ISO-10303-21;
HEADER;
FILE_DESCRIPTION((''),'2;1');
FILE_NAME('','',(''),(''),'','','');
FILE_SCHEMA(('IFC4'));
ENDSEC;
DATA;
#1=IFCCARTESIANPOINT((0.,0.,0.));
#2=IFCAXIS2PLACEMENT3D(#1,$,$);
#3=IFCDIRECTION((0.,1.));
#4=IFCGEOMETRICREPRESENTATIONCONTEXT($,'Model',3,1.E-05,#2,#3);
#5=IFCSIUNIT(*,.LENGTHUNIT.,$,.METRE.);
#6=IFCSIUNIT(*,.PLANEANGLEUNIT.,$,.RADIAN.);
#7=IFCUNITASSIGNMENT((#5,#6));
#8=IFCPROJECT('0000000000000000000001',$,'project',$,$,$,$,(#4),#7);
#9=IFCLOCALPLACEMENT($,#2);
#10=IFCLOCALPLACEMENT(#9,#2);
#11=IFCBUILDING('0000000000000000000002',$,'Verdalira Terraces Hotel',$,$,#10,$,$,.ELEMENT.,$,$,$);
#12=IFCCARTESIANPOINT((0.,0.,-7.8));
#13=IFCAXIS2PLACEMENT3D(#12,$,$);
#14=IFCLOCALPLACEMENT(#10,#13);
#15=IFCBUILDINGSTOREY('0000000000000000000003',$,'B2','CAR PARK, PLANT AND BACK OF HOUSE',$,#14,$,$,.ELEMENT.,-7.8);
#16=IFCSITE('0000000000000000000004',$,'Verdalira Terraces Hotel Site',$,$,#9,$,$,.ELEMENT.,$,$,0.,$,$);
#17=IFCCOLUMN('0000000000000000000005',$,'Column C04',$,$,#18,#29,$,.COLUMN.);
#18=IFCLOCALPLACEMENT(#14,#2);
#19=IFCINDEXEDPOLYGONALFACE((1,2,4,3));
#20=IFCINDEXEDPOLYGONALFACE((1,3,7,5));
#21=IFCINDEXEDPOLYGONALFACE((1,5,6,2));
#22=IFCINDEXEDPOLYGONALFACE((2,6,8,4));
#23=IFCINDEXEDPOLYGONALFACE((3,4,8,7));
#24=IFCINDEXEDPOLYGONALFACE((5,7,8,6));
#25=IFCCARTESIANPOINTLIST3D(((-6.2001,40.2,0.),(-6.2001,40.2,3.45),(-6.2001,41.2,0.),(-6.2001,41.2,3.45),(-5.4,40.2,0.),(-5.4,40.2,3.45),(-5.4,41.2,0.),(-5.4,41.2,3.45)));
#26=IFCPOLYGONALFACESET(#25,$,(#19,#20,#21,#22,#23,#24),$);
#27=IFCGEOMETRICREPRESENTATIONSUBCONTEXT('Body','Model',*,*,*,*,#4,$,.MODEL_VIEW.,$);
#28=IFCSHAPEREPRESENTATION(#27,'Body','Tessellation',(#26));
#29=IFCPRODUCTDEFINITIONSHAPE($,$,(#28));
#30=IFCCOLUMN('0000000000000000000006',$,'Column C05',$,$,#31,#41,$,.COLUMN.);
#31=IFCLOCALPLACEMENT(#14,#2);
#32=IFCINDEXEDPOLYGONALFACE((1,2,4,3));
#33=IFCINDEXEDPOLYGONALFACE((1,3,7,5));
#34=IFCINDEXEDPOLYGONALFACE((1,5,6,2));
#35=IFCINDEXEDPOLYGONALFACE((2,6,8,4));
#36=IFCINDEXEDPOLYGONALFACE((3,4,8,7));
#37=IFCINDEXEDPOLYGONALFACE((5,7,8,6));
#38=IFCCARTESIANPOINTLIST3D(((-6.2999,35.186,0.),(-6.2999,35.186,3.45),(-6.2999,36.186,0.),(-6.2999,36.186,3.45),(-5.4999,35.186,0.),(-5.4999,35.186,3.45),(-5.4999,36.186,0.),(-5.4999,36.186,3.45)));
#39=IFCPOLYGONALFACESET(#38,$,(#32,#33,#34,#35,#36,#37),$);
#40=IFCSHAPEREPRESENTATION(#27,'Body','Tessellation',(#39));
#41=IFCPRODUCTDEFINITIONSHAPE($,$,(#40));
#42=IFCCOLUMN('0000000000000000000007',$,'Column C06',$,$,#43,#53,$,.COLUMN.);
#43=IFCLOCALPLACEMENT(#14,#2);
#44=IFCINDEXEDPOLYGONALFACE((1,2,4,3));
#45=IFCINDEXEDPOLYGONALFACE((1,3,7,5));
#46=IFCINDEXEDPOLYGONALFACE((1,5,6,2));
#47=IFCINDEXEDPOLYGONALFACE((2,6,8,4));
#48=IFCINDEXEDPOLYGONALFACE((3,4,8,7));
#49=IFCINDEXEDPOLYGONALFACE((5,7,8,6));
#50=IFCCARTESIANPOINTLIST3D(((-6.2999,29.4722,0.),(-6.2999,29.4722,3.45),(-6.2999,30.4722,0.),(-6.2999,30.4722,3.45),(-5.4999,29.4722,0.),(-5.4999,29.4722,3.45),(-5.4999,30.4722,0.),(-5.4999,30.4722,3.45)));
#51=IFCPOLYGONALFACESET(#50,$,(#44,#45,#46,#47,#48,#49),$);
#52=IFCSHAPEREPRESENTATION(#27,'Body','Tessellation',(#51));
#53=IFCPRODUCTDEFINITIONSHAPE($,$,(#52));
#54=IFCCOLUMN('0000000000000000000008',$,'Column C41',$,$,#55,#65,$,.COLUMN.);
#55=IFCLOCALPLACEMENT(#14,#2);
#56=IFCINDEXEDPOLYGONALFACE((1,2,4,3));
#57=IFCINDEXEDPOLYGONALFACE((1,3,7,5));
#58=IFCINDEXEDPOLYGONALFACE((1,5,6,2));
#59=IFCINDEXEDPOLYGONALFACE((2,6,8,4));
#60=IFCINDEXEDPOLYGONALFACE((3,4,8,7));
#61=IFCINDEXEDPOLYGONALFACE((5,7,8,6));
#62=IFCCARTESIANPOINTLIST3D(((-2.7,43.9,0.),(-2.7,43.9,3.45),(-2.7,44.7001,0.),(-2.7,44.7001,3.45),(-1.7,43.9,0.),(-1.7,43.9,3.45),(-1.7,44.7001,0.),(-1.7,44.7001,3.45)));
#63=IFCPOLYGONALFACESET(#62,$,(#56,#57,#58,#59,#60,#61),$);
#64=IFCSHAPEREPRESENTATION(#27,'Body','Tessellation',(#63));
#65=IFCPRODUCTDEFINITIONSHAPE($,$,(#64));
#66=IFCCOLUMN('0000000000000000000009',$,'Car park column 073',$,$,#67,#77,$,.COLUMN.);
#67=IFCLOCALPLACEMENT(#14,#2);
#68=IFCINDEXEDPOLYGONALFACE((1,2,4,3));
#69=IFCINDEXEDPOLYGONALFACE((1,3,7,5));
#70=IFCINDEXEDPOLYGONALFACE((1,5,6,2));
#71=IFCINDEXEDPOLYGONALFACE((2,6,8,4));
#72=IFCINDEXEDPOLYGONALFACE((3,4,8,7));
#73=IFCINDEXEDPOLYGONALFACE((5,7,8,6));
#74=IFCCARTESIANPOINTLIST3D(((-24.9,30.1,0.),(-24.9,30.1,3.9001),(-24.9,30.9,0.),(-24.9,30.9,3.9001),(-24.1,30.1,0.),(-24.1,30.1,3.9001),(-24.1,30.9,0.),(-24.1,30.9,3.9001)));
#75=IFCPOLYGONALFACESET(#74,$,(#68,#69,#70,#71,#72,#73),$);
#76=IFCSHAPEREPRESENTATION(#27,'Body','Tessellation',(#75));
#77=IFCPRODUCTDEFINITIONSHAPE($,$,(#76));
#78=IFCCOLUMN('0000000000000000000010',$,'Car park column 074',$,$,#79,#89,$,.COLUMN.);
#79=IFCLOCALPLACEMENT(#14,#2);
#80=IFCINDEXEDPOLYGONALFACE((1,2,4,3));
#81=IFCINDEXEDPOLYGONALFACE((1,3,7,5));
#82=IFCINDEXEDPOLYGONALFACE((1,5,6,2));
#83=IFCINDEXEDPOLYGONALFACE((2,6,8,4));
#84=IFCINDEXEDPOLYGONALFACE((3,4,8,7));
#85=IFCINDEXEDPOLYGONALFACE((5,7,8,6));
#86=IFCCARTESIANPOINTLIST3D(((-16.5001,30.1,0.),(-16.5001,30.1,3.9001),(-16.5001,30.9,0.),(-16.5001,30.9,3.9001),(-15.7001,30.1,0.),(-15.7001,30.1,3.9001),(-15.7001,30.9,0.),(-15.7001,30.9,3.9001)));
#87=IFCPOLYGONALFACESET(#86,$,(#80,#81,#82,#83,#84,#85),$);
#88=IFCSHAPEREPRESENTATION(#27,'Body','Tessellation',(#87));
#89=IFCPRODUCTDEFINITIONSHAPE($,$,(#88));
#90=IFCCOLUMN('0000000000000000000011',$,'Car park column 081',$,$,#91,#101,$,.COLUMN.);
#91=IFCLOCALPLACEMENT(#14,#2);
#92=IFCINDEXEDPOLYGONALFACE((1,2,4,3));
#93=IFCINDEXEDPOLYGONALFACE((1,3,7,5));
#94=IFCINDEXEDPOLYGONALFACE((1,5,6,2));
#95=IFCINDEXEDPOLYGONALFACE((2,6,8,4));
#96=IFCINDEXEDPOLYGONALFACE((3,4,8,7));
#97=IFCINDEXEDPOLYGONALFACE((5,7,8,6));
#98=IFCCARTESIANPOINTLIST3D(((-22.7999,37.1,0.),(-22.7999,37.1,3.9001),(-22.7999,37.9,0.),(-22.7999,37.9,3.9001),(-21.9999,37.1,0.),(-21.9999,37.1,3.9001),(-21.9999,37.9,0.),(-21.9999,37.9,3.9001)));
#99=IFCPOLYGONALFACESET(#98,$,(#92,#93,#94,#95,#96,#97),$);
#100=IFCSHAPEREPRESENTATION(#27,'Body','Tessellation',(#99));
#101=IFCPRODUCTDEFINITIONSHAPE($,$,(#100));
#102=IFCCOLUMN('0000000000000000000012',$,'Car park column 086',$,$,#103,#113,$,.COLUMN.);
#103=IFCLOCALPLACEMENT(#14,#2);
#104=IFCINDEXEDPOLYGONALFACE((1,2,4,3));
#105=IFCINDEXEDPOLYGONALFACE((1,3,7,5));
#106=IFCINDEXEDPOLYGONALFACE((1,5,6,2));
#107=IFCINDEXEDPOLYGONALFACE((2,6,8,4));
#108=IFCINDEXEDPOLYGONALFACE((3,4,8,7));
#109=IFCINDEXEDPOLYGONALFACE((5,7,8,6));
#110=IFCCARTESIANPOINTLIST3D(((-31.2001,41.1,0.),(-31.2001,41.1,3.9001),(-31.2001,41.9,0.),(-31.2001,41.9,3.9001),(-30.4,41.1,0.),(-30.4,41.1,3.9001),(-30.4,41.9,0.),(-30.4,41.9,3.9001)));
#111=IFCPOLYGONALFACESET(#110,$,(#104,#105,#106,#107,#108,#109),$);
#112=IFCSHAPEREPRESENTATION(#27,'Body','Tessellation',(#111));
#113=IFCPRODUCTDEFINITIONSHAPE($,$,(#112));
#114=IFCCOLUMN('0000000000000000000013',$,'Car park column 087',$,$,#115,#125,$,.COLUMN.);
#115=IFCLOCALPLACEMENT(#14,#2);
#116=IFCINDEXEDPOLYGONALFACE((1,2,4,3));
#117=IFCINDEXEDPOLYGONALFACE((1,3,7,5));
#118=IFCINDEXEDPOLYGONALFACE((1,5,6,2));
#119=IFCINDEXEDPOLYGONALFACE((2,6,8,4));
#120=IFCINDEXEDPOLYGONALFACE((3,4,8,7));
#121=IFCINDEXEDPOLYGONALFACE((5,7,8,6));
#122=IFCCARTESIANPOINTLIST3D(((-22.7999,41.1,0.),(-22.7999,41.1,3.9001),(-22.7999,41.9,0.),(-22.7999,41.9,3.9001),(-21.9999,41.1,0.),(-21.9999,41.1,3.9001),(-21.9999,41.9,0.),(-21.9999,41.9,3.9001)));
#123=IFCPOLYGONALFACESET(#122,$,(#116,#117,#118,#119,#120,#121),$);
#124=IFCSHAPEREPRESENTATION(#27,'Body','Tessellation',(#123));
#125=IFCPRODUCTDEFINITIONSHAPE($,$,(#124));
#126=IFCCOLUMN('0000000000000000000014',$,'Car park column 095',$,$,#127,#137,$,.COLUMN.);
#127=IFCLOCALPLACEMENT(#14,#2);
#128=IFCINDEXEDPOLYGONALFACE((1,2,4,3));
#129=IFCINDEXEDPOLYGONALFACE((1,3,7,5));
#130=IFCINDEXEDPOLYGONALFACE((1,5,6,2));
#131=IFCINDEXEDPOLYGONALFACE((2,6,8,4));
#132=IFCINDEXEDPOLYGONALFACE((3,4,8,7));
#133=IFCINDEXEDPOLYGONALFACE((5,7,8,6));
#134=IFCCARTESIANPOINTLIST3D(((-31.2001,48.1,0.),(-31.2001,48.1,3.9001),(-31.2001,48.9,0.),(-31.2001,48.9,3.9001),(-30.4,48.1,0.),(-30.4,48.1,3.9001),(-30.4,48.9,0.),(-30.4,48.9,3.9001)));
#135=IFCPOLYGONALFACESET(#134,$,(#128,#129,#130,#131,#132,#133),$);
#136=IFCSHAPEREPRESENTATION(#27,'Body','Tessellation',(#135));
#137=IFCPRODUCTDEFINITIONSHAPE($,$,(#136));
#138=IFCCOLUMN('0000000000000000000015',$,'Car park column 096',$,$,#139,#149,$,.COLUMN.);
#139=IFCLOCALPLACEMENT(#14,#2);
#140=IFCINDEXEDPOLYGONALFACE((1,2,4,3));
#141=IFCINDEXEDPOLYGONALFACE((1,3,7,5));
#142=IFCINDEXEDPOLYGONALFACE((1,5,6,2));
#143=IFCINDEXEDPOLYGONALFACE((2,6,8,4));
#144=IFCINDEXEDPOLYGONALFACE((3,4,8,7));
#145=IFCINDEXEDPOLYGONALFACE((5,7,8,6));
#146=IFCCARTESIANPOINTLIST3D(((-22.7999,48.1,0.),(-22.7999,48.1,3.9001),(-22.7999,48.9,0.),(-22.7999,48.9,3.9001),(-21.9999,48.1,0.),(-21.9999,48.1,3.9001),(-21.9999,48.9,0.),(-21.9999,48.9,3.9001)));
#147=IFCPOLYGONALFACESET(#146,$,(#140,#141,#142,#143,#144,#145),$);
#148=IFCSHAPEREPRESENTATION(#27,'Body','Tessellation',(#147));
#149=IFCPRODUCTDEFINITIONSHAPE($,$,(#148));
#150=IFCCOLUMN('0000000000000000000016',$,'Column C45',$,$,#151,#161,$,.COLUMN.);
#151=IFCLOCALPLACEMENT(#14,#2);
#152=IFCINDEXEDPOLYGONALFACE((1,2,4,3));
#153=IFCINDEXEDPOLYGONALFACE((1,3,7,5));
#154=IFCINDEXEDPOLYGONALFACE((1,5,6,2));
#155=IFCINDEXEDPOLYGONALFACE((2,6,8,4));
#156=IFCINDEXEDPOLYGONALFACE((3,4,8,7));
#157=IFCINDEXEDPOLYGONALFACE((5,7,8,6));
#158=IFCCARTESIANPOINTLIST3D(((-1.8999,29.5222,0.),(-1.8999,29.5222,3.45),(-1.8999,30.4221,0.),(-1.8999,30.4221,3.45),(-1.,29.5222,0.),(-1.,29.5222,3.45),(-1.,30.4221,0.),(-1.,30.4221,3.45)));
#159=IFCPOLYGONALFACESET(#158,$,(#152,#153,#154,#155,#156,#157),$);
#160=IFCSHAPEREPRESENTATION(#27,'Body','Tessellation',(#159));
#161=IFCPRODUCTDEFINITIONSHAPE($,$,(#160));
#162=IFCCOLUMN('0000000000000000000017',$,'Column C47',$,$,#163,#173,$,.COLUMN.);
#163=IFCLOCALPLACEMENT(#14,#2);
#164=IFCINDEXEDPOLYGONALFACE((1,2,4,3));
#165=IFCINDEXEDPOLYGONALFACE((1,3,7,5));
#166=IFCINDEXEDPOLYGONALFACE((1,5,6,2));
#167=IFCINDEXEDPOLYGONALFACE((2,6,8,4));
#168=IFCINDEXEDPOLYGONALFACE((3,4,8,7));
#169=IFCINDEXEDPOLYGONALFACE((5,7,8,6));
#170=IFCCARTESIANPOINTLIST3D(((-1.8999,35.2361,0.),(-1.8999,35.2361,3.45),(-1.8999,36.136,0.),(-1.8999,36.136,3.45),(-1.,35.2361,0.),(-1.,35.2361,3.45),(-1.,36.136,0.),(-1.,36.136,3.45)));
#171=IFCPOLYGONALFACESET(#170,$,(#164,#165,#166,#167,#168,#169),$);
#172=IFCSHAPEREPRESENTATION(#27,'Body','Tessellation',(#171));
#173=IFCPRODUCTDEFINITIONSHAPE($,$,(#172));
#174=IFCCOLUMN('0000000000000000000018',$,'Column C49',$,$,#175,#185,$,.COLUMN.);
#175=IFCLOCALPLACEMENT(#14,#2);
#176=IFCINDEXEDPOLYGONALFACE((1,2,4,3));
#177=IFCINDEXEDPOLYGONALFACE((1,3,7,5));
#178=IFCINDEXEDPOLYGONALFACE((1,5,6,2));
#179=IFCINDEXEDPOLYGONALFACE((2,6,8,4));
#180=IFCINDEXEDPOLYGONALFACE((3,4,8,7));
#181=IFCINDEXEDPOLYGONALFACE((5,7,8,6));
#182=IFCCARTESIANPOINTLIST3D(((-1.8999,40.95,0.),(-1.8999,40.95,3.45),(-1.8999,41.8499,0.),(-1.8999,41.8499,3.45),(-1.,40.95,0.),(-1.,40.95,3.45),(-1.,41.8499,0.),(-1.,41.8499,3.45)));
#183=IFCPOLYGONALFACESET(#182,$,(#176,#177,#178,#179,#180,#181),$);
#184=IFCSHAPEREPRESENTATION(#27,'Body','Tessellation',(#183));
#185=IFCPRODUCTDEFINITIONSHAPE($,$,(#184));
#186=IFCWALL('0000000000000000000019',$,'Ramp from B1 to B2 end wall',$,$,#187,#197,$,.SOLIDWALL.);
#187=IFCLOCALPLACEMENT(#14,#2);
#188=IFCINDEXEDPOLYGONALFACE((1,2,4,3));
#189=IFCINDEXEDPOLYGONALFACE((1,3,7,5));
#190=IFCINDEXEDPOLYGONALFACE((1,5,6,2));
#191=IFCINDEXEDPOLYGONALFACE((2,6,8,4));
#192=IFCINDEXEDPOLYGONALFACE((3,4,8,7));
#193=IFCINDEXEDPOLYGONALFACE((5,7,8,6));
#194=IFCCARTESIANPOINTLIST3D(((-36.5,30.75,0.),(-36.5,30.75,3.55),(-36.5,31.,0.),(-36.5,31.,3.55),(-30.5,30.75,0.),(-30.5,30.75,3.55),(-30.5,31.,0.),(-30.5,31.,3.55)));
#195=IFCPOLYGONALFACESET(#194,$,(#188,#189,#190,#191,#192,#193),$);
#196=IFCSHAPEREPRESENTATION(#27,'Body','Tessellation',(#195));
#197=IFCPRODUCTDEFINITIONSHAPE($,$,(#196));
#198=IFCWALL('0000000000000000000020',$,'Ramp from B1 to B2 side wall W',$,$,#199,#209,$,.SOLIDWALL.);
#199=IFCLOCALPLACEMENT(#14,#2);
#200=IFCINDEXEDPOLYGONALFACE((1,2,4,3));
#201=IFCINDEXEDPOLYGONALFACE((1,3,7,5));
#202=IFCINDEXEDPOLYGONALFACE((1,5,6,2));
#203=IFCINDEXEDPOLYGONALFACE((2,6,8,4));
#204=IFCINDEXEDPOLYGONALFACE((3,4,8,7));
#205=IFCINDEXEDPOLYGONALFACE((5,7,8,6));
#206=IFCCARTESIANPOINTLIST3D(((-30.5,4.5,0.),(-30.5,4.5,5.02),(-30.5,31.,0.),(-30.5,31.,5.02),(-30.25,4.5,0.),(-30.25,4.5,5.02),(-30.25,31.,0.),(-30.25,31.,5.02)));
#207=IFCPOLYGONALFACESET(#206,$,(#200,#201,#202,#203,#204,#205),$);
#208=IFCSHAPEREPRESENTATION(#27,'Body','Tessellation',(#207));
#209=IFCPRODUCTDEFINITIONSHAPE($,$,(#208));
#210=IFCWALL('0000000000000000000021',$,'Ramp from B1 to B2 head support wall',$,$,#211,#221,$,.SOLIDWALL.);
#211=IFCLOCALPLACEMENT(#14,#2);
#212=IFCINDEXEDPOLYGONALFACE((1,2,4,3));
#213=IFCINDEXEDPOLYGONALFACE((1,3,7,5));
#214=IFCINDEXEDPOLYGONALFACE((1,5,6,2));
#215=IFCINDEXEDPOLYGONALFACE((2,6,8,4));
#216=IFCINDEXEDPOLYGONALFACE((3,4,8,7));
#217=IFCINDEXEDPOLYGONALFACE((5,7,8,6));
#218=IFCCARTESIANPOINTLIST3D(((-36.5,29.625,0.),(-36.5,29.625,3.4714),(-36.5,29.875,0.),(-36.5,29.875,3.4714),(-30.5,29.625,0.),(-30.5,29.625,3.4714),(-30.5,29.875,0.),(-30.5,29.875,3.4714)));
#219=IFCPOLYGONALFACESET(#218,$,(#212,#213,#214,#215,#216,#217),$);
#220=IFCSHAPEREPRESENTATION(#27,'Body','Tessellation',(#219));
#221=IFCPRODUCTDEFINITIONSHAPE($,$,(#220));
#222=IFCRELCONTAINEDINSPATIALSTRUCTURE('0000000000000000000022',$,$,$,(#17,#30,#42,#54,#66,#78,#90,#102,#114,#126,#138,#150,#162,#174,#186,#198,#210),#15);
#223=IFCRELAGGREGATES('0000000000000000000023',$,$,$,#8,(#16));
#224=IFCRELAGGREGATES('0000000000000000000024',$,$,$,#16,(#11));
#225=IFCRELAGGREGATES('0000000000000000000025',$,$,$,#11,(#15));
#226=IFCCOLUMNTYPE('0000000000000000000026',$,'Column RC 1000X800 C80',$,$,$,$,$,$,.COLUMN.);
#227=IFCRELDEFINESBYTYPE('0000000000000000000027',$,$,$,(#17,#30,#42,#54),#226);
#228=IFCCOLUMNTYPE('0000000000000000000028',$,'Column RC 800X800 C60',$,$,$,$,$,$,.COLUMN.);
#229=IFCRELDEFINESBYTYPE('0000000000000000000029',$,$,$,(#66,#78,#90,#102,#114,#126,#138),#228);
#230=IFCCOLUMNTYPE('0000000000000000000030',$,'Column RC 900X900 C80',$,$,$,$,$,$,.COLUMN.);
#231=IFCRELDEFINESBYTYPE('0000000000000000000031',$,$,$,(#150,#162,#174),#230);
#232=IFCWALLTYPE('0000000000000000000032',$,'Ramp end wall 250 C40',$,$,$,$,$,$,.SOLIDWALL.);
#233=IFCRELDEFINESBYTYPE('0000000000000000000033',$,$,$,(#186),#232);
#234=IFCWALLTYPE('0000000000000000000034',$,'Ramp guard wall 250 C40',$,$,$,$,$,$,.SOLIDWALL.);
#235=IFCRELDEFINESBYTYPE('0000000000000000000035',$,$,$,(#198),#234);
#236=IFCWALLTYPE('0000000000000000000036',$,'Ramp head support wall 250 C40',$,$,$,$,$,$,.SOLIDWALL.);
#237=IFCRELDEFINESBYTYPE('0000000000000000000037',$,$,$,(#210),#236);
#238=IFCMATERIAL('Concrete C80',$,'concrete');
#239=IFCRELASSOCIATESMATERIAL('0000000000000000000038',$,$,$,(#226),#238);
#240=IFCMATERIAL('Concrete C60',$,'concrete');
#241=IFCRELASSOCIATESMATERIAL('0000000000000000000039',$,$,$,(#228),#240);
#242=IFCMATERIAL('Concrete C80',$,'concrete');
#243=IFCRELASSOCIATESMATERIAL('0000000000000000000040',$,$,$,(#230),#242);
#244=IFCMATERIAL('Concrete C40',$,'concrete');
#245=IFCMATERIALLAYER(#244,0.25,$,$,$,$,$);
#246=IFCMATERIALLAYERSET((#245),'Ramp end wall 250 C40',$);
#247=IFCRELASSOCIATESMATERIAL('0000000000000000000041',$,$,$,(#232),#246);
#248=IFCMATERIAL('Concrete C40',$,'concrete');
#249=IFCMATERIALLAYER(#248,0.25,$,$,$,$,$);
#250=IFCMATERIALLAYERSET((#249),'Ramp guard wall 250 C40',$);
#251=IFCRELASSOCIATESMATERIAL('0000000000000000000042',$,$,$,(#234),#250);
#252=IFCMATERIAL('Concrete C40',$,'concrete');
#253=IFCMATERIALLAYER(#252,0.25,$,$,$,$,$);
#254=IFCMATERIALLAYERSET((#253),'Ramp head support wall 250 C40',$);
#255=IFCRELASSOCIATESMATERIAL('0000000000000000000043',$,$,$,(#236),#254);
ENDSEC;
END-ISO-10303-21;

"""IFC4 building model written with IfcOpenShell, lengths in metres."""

from ifc_helpers import new_model, si_unit, direction, frame, frame_2d, origin, origin_2d, place, context, subcontext, project, spatial, rectangle, extrude, material, layer, layer_set, material_profile, profile_set, type_object, element, save


model = new_model("IFC4")

# Units and contexts
model_context = context("Model", 3, precision=1e-05, world=origin(), true_north=direction((0.0, 1.0)))
body_context = subcontext(model_context, "Body", "Model", "MODEL_VIEW")
ifc_project = project(units=[si_unit("LENGTHUNIT", "METRE"), si_unit("PLANEANGLEUNIT", "RADIAN")], contexts=[model_context])

# Site, building, storey
site_placement = place(None, origin())
site = spatial("IfcSite", under=ifc_project, at=site_placement, Name="Verdalira Terraces Hotel Site", CompositionType="ELEMENT", RefElevation=0.0)
building_placement = place(site_placement, origin())
building = spatial("IfcBuilding", under=site, at=building_placement, Name="Verdalira Terraces Hotel", CompositionType="ELEMENT")
storey_placement = place(building_placement, frame((0.0, 0.0, -7.8)))
storey = spatial("IfcBuildingStorey", under=building, at=storey_placement, Name="B2", Description="CAR PARK, PLANT AND BACK OF HOUSE", CompositionType="ELEMENT", Elevation=-7.8)

# Columns
ifc_material_1 = material(Name="Concrete C80", Category="concrete")
ifc_material_profile_1 = material_profile(ifc_material_1, rectangle(XDim=1.0, YDim=0.8, at=origin_2d()), Name="RC 1000X800")
ifc_profile_set_1 = profile_set([ifc_material_profile_1], Name="Concrete C80")
column_type_1 = type_object("IfcColumnType", Name="Column RC 1000X800 C80", PredefinedType="COLUMN", material=ifc_profile_set_1)
for number, where, z_axis, x_axis, name in (
    (1, (-5.8, 40.7, 0.0), (0.0, 0.0, 1.0), (0.0, -1.0, 0.0), "Column C04"),
    (2, (-5.8999, 35.686, 0.0), (0.0, 0.0, 1.0), (0.0, -1.0, 0.0), "Column C05"),
    (3, (-5.8999, 29.9722, 0.0), (0.0, 0.0, 1.0), (0.0, -1.0, 0.0), "Column C06"),
    (4, (-2.2, 44.3, 0.0), (0.0, 0.0, 1.0), (-1.0, 0.0, 0.0), "Column C41"),
):
    element("IfcColumn", number, at=place(storey_placement, frame(where, z_axis=z_axis, x_axis=x_axis)), inside=storey, type_object=column_type_1, Name=name, PredefinedType="COLUMN", context=body_context, shape_type="SweptSolid", body=[
        extrude(rectangle(XDim=1.0, YDim=0.8, at=origin_2d()), origin(), (0.0, 0.0, 1.0), 3.45),
    ])
ifc_material_2 = material(Name="Concrete C60", Category="concrete")
ifc_material_profile_2 = material_profile(ifc_material_2, rectangle(XDim=0.8, YDim=0.8, at=origin_2d()), Name="RC 800X800")
ifc_profile_set_2 = profile_set([ifc_material_profile_2], Name="Concrete C60")
column_type_2 = type_object("IfcColumnType", Name="Column RC 800X800 C60", PredefinedType="COLUMN", material=ifc_profile_set_2)
for number, where, z_axis, x_axis, name in (
    (5, (-24.5, 30.5, 0.0), (0.0, 0.0, 1.0), (1.0, 0.0, 0.0), "Car park column 073"),
    (6, (-16.1001, 30.5, 0.0), (0.0, 0.0, 1.0), (1.0, 0.0, 0.0), "Car park column 074"),
    (7, (-22.3999, 37.5, 0.0), (0.0, 0.0, 1.0), (1.0, 0.0, 0.0), "Car park column 081"),
    (8, (-30.8, 41.5, 0.0), (0.0, 0.0, 1.0), (1.0, 0.0, 0.0), "Car park column 086"),
    (9, (-22.3999, 41.5, 0.0), (0.0, 0.0, 1.0), (1.0, 0.0, 0.0), "Car park column 087"),
    (10, (-30.8, 48.5, 0.0), (0.0, 0.0, 1.0), (1.0, 0.0, 0.0), "Car park column 095"),
    (11, (-22.3999, 48.5, 0.0), (0.0, 0.0, 1.0), (1.0, 0.0, 0.0), "Car park column 096"),
):
    element("IfcColumn", number, at=place(storey_placement, frame(where, z_axis=z_axis, x_axis=x_axis)), inside=storey, type_object=column_type_2, Name=name, PredefinedType="COLUMN", context=body_context, shape_type="SweptSolid", body=[
        extrude(rectangle(XDim=0.8, YDim=0.8, at=origin_2d()), origin(), (0.0, 0.0, 1.0), 3.9001),
    ])
ifc_material_3 = material(Name="Concrete C80", Category="concrete")
ifc_material_profile_3 = material_profile(ifc_material_3, rectangle(XDim=0.8999, YDim=0.8999, at=origin_2d()), Name="RC 900X900")
ifc_profile_set_3 = profile_set([ifc_material_profile_3], Name="Concrete C80")
column_type_3 = type_object("IfcColumnType", Name="Column RC 900X900 C80", PredefinedType="COLUMN", material=ifc_profile_set_3)
for number, where, z_axis, x_axis, name in (
    (12, (-1.45, 29.9722, 0.0), (0.0, 0.0, 1.0), (0.0, 1.0, 0.0), "Column C45"),
    (13, (-1.45, 35.686, 0.0), (0.0, 0.0, 1.0), (0.0, 1.0, 0.0), "Column C47"),
    (14, (-1.45, 41.3999, 0.0), (0.0, 0.0, 1.0), (0.0, 1.0, 0.0), "Column C49"),
):
    element("IfcColumn", number, at=place(storey_placement, frame(where, z_axis=z_axis, x_axis=x_axis)), inside=storey, type_object=column_type_3, Name=name, PredefinedType="COLUMN", context=body_context, shape_type="SweptSolid", body=[
        extrude(rectangle(XDim=0.8999, YDim=0.8999, at=origin_2d()), origin(), (0.0, 0.0, 1.0), 3.45),
    ])

# Walls
ifc_material_4 = material(Name="Concrete C40", Category="concrete")
ifc_layer_1 = layer(ifc_material_4, 0.25)
ifc_layer_set_1 = layer_set([ifc_layer_1], Name="Ramp end wall 250 C40")
wall_type_1 = type_object("IfcWallType", Name="Ramp end wall 250 C40", PredefinedType="SOLIDWALL", material=ifc_layer_set_1)
wall_1_placement = place(storey_placement, frame((-30.5, 30.875, 0.0), z_axis=(0.0, 0.0, 1.0), x_axis=(-1.0, 0.0, 0.0)))
element("IfcWall", 15, at=wall_1_placement, inside=storey, type_object=wall_type_1, Name="Ramp from B1 to B2 end wall", PredefinedType="SOLIDWALL", context=body_context, shape_type="SweptSolid", body=[
    extrude(rectangle(XDim=6.0, YDim=0.25, at=frame_2d((3.0, 0.0))), origin(), (0.0, 0.0, 1.0), 3.55),
])
ifc_material_5 = material(Name="Concrete C40", Category="concrete")
ifc_layer_2 = layer(ifc_material_5, 0.25)
ifc_layer_set_2 = layer_set([ifc_layer_2], Name="Ramp guard wall 250 C40")
wall_type_2 = type_object("IfcWallType", Name="Ramp guard wall 250 C40", PredefinedType="SOLIDWALL", material=ifc_layer_set_2)
wall_2_placement = place(storey_placement, frame((-30.375, 31.0, 0.0), z_axis=(0.0, 0.0, 1.0), x_axis=(0.0, -1.0, 0.0)))
element("IfcWall", 16, at=wall_2_placement, inside=storey, type_object=wall_type_2, Name="Ramp from B1 to B2 side wall W", PredefinedType="SOLIDWALL", context=body_context, shape_type="SweptSolid", body=[
    extrude(rectangle(XDim=26.5, YDim=0.25, at=frame_2d((13.25, 0.0))), origin(), (0.0, 0.0, 1.0), 5.02),
])
ifc_material_6 = material(Name="Concrete C40", Category="concrete")
ifc_layer_3 = layer(ifc_material_6, 0.25)
ifc_layer_set_3 = layer_set([ifc_layer_3], Name="Ramp head support wall 250 C40")
wall_type_3 = type_object("IfcWallType", Name="Ramp head support wall 250 C40", PredefinedType="SOLIDWALL", material=ifc_layer_set_3)
wall_3_placement = place(storey_placement, frame((-30.5, 29.75, 0.0), z_axis=(0.0, 0.0, 1.0), x_axis=(-1.0, 0.0, 0.0)))
element("IfcWall", 17, at=wall_3_placement, inside=storey, type_object=wall_type_3, Name="Ramp from B1 to B2 head support wall", PredefinedType="SOLIDWALL", context=body_context, shape_type="SweptSolid", body=[
    extrude(rectangle(XDim=6.0, YDim=0.25, at=frame_2d((3.0, 0.0))), origin(), (0.0, 0.0, 1.0), 3.4714),
])

save(model, "model.ifc")
